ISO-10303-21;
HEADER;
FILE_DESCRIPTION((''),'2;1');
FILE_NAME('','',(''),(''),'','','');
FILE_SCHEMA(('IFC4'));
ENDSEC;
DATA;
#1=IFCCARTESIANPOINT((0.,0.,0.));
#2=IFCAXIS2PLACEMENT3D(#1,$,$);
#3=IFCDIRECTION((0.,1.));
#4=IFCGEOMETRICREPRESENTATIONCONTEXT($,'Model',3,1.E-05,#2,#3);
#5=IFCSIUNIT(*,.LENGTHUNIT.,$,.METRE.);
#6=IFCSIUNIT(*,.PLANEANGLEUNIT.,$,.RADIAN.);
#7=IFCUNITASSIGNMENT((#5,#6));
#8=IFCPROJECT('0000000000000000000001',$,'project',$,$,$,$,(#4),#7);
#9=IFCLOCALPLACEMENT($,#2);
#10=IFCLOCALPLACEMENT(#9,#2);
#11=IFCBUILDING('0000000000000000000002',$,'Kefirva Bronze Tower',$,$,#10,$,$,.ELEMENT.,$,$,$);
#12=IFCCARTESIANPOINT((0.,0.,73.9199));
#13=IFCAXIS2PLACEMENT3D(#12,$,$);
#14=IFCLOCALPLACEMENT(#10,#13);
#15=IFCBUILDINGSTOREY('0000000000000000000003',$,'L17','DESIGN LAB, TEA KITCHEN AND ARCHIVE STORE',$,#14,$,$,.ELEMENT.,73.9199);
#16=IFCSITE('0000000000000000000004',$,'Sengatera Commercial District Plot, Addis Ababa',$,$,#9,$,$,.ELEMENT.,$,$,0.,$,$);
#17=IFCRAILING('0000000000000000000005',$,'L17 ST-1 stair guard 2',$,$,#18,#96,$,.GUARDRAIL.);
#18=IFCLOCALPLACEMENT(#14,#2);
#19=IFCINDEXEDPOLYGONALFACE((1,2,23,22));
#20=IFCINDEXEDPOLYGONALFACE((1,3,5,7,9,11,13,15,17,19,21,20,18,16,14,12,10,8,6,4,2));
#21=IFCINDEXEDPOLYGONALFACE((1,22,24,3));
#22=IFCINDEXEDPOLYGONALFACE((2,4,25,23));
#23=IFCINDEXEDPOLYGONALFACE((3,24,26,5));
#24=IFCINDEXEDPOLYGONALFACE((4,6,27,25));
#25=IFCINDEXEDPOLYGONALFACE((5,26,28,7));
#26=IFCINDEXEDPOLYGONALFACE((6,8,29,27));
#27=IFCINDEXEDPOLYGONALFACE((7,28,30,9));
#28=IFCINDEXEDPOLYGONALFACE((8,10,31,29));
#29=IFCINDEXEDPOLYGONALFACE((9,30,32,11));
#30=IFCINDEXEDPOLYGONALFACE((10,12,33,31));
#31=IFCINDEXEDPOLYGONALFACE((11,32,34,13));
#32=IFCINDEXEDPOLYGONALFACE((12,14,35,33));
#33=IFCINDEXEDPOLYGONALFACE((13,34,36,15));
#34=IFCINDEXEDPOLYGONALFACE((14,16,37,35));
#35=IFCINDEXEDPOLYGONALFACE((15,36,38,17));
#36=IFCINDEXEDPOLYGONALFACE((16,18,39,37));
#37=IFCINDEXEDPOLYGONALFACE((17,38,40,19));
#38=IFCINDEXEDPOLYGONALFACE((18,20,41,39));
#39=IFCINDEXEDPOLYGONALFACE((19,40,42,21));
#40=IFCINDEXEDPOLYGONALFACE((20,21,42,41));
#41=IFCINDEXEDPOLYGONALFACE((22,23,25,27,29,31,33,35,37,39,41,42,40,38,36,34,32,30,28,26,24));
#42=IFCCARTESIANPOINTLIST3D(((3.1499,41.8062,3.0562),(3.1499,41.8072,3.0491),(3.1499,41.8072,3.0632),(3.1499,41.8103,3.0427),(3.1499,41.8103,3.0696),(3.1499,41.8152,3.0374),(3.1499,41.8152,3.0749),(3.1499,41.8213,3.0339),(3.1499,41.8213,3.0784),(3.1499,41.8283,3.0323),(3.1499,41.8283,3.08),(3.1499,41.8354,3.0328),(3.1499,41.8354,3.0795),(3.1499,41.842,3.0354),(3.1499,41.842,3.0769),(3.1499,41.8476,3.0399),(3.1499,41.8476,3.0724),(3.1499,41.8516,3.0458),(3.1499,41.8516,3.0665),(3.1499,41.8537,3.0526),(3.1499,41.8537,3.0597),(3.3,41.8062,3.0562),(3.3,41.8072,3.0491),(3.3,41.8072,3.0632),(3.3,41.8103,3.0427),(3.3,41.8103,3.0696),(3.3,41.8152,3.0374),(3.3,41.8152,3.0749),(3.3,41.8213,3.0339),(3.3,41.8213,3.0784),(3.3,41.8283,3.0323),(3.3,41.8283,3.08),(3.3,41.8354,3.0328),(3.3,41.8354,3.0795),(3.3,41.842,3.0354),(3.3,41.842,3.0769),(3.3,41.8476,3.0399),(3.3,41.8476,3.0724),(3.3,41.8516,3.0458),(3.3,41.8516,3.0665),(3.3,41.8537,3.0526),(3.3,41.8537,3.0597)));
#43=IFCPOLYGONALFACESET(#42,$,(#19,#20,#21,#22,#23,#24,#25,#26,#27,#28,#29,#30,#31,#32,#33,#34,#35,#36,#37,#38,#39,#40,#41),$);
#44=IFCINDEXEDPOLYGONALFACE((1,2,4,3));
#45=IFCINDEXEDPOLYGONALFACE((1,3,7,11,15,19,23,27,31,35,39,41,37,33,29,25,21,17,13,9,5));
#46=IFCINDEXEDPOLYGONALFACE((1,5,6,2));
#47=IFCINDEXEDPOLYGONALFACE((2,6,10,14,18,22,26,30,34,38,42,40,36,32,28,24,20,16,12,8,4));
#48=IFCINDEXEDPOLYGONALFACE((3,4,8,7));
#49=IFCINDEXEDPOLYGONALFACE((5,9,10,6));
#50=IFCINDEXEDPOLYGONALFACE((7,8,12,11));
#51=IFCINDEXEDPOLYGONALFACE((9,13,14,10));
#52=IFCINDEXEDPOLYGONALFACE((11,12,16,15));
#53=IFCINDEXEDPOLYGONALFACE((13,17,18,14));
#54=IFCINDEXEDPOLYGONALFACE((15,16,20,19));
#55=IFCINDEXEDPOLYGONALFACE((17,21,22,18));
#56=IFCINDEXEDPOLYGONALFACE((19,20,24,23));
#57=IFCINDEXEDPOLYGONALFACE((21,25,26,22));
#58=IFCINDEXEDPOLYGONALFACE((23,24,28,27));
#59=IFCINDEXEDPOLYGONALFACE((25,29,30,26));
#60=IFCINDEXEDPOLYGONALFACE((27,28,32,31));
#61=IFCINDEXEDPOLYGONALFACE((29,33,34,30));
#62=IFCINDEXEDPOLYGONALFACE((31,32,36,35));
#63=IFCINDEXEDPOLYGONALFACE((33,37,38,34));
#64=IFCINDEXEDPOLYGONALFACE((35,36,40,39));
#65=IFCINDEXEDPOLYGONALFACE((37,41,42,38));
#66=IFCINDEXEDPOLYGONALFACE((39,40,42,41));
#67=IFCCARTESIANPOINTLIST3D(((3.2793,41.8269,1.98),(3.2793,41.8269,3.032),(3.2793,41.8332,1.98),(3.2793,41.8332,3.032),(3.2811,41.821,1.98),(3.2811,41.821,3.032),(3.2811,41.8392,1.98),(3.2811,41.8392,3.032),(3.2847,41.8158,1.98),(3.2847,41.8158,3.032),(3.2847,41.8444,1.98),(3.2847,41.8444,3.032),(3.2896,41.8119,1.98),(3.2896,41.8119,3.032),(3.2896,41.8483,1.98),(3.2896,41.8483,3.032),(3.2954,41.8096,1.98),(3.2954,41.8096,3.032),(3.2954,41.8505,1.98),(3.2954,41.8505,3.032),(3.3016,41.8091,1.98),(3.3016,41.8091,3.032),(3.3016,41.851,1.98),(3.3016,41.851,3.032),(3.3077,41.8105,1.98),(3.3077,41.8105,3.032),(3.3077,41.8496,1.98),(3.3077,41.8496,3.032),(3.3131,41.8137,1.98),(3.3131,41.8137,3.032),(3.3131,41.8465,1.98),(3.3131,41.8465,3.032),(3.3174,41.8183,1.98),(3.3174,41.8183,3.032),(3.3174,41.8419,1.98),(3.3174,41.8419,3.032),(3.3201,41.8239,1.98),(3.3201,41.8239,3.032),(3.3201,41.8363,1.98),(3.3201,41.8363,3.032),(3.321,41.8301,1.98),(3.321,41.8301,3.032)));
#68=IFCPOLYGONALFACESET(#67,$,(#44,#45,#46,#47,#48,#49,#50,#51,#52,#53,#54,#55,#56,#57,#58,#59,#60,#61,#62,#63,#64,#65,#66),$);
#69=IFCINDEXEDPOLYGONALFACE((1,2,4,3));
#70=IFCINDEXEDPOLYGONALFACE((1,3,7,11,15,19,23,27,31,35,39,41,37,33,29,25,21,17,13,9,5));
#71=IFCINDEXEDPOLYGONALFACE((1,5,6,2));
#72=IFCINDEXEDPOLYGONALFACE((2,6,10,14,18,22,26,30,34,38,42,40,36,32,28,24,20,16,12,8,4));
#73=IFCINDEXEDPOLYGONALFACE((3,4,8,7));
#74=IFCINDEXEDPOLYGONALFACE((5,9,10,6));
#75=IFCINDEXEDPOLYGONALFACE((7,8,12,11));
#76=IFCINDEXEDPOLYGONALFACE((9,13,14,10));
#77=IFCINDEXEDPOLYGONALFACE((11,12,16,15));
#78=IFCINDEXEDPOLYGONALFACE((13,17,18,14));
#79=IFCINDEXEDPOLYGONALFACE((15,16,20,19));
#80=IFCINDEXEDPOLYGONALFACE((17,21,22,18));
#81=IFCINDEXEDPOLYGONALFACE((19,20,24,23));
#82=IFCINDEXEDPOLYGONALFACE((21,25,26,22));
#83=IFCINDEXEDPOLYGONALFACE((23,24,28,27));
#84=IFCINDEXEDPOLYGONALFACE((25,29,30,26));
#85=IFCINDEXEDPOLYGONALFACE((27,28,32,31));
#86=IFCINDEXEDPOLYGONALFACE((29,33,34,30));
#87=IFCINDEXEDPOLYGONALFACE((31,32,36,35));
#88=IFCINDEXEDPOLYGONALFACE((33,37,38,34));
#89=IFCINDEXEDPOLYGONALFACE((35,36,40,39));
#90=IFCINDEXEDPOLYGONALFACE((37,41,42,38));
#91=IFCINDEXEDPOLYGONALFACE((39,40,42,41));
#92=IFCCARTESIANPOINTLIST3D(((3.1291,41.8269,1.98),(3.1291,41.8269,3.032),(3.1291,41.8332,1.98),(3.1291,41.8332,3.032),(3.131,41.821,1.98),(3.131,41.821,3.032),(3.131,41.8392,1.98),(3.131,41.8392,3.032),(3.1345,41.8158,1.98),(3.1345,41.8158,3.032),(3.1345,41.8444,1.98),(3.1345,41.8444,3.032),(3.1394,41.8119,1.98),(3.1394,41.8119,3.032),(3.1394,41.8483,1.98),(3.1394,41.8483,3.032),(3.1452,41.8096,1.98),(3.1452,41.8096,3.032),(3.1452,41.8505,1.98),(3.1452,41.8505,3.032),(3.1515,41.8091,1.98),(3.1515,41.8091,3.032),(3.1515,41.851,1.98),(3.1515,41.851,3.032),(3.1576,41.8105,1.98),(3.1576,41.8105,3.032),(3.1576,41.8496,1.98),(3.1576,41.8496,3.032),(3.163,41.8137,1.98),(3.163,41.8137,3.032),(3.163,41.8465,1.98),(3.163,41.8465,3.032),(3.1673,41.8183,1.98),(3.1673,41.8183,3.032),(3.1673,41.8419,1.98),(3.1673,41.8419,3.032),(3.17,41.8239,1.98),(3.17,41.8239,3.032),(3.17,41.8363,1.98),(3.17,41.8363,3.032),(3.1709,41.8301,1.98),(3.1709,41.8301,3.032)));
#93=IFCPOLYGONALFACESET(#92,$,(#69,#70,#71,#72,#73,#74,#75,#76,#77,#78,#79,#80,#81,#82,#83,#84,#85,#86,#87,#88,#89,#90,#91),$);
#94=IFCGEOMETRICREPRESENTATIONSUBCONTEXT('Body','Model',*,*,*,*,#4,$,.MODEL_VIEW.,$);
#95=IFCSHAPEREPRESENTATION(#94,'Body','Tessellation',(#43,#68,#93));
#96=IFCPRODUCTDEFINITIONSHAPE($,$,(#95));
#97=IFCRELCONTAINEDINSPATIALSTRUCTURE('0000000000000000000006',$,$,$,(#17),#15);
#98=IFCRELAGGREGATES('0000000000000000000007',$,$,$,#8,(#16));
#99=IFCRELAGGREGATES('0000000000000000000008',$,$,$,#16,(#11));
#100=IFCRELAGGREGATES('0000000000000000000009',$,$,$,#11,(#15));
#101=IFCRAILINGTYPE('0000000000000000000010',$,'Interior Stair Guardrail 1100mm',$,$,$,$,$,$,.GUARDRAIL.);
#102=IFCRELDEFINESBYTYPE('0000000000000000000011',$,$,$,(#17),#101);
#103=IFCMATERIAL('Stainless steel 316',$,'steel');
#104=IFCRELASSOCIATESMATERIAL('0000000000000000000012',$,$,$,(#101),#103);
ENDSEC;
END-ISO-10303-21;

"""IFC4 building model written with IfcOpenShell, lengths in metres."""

from ifc_helpers import new_model, si_unit, direction, frame, origin, origin_2d, place, context, subcontext, project, spatial, circle, extrude, material, type_object, element, save


model = new_model("IFC4")

# Units and contexts
model_context = context("Model", 3, precision=1e-05, world=origin(), true_north=direction((0.0, 1.0)))
body_context = subcontext(model_context, "Body", "Model", "MODEL_VIEW")
ifc_project = project(units=[si_unit("LENGTHUNIT", "METRE"), si_unit("PLANEANGLEUNIT", "RADIAN")], contexts=[model_context])

# Site, building, storey
site_placement = place(None, origin())
site = spatial("IfcSite", under=ifc_project, at=site_placement, Name="Sengatera Commercial District Plot, Addis Ababa", CompositionType="ELEMENT", RefElevation=0.0)
building_placement = place(site_placement, origin())
building = spatial("IfcBuilding", under=site, at=building_placement, Name="Kefirva Bronze Tower", CompositionType="ELEMENT")
storey_placement = place(building_placement, frame((0.0, 0.0, 73.9199)))
storey = spatial("IfcBuildingStorey", under=building, at=storey_placement, Name="L17", Description="DESIGN LAB, TEA KITCHEN AND ARCHIVE STORE", CompositionType="ELEMENT", Elevation=73.9199)

# Railing
ifc_material_1 = material(Name="Stainless steel 316", Category="steel")
railing_type_1 = type_object("IfcRailingType", Name="Interior Stair Guardrail 1100mm", PredefinedType="GUARDRAIL", material=ifc_material_1)
railing_1_placement = place(storey_placement, frame((3.3, 41.8301, 1.98)))
element("IfcRailing", 1, at=railing_1_placement, inside=storey, type_object=railing_type_1, Name="L17 ST-1 stair guard 2", PredefinedType="GUARDRAIL", context=body_context, shape_type="SweptSolid", body=[
    extrude(circle(Radius=0.0239, at=origin_2d()), frame((0.0, 0.0, 1.0762), z_axis=(-1.0, 0.0, 0.0), x_axis=(0.0, -1.0, 0.0)), (0.0, 0.0, 1.0), 0.1501),
    extrude(circle(Radius=0.021, at=origin_2d()), origin(), (0.0, 0.0, 1.0), 1.052),
    extrude(circle(Radius=0.021, at=origin_2d()), frame((-0.1501, 0.0, 0.0)), (0.0, 0.0, 1.0), 1.052),
])

save(model, "model.ifc")
